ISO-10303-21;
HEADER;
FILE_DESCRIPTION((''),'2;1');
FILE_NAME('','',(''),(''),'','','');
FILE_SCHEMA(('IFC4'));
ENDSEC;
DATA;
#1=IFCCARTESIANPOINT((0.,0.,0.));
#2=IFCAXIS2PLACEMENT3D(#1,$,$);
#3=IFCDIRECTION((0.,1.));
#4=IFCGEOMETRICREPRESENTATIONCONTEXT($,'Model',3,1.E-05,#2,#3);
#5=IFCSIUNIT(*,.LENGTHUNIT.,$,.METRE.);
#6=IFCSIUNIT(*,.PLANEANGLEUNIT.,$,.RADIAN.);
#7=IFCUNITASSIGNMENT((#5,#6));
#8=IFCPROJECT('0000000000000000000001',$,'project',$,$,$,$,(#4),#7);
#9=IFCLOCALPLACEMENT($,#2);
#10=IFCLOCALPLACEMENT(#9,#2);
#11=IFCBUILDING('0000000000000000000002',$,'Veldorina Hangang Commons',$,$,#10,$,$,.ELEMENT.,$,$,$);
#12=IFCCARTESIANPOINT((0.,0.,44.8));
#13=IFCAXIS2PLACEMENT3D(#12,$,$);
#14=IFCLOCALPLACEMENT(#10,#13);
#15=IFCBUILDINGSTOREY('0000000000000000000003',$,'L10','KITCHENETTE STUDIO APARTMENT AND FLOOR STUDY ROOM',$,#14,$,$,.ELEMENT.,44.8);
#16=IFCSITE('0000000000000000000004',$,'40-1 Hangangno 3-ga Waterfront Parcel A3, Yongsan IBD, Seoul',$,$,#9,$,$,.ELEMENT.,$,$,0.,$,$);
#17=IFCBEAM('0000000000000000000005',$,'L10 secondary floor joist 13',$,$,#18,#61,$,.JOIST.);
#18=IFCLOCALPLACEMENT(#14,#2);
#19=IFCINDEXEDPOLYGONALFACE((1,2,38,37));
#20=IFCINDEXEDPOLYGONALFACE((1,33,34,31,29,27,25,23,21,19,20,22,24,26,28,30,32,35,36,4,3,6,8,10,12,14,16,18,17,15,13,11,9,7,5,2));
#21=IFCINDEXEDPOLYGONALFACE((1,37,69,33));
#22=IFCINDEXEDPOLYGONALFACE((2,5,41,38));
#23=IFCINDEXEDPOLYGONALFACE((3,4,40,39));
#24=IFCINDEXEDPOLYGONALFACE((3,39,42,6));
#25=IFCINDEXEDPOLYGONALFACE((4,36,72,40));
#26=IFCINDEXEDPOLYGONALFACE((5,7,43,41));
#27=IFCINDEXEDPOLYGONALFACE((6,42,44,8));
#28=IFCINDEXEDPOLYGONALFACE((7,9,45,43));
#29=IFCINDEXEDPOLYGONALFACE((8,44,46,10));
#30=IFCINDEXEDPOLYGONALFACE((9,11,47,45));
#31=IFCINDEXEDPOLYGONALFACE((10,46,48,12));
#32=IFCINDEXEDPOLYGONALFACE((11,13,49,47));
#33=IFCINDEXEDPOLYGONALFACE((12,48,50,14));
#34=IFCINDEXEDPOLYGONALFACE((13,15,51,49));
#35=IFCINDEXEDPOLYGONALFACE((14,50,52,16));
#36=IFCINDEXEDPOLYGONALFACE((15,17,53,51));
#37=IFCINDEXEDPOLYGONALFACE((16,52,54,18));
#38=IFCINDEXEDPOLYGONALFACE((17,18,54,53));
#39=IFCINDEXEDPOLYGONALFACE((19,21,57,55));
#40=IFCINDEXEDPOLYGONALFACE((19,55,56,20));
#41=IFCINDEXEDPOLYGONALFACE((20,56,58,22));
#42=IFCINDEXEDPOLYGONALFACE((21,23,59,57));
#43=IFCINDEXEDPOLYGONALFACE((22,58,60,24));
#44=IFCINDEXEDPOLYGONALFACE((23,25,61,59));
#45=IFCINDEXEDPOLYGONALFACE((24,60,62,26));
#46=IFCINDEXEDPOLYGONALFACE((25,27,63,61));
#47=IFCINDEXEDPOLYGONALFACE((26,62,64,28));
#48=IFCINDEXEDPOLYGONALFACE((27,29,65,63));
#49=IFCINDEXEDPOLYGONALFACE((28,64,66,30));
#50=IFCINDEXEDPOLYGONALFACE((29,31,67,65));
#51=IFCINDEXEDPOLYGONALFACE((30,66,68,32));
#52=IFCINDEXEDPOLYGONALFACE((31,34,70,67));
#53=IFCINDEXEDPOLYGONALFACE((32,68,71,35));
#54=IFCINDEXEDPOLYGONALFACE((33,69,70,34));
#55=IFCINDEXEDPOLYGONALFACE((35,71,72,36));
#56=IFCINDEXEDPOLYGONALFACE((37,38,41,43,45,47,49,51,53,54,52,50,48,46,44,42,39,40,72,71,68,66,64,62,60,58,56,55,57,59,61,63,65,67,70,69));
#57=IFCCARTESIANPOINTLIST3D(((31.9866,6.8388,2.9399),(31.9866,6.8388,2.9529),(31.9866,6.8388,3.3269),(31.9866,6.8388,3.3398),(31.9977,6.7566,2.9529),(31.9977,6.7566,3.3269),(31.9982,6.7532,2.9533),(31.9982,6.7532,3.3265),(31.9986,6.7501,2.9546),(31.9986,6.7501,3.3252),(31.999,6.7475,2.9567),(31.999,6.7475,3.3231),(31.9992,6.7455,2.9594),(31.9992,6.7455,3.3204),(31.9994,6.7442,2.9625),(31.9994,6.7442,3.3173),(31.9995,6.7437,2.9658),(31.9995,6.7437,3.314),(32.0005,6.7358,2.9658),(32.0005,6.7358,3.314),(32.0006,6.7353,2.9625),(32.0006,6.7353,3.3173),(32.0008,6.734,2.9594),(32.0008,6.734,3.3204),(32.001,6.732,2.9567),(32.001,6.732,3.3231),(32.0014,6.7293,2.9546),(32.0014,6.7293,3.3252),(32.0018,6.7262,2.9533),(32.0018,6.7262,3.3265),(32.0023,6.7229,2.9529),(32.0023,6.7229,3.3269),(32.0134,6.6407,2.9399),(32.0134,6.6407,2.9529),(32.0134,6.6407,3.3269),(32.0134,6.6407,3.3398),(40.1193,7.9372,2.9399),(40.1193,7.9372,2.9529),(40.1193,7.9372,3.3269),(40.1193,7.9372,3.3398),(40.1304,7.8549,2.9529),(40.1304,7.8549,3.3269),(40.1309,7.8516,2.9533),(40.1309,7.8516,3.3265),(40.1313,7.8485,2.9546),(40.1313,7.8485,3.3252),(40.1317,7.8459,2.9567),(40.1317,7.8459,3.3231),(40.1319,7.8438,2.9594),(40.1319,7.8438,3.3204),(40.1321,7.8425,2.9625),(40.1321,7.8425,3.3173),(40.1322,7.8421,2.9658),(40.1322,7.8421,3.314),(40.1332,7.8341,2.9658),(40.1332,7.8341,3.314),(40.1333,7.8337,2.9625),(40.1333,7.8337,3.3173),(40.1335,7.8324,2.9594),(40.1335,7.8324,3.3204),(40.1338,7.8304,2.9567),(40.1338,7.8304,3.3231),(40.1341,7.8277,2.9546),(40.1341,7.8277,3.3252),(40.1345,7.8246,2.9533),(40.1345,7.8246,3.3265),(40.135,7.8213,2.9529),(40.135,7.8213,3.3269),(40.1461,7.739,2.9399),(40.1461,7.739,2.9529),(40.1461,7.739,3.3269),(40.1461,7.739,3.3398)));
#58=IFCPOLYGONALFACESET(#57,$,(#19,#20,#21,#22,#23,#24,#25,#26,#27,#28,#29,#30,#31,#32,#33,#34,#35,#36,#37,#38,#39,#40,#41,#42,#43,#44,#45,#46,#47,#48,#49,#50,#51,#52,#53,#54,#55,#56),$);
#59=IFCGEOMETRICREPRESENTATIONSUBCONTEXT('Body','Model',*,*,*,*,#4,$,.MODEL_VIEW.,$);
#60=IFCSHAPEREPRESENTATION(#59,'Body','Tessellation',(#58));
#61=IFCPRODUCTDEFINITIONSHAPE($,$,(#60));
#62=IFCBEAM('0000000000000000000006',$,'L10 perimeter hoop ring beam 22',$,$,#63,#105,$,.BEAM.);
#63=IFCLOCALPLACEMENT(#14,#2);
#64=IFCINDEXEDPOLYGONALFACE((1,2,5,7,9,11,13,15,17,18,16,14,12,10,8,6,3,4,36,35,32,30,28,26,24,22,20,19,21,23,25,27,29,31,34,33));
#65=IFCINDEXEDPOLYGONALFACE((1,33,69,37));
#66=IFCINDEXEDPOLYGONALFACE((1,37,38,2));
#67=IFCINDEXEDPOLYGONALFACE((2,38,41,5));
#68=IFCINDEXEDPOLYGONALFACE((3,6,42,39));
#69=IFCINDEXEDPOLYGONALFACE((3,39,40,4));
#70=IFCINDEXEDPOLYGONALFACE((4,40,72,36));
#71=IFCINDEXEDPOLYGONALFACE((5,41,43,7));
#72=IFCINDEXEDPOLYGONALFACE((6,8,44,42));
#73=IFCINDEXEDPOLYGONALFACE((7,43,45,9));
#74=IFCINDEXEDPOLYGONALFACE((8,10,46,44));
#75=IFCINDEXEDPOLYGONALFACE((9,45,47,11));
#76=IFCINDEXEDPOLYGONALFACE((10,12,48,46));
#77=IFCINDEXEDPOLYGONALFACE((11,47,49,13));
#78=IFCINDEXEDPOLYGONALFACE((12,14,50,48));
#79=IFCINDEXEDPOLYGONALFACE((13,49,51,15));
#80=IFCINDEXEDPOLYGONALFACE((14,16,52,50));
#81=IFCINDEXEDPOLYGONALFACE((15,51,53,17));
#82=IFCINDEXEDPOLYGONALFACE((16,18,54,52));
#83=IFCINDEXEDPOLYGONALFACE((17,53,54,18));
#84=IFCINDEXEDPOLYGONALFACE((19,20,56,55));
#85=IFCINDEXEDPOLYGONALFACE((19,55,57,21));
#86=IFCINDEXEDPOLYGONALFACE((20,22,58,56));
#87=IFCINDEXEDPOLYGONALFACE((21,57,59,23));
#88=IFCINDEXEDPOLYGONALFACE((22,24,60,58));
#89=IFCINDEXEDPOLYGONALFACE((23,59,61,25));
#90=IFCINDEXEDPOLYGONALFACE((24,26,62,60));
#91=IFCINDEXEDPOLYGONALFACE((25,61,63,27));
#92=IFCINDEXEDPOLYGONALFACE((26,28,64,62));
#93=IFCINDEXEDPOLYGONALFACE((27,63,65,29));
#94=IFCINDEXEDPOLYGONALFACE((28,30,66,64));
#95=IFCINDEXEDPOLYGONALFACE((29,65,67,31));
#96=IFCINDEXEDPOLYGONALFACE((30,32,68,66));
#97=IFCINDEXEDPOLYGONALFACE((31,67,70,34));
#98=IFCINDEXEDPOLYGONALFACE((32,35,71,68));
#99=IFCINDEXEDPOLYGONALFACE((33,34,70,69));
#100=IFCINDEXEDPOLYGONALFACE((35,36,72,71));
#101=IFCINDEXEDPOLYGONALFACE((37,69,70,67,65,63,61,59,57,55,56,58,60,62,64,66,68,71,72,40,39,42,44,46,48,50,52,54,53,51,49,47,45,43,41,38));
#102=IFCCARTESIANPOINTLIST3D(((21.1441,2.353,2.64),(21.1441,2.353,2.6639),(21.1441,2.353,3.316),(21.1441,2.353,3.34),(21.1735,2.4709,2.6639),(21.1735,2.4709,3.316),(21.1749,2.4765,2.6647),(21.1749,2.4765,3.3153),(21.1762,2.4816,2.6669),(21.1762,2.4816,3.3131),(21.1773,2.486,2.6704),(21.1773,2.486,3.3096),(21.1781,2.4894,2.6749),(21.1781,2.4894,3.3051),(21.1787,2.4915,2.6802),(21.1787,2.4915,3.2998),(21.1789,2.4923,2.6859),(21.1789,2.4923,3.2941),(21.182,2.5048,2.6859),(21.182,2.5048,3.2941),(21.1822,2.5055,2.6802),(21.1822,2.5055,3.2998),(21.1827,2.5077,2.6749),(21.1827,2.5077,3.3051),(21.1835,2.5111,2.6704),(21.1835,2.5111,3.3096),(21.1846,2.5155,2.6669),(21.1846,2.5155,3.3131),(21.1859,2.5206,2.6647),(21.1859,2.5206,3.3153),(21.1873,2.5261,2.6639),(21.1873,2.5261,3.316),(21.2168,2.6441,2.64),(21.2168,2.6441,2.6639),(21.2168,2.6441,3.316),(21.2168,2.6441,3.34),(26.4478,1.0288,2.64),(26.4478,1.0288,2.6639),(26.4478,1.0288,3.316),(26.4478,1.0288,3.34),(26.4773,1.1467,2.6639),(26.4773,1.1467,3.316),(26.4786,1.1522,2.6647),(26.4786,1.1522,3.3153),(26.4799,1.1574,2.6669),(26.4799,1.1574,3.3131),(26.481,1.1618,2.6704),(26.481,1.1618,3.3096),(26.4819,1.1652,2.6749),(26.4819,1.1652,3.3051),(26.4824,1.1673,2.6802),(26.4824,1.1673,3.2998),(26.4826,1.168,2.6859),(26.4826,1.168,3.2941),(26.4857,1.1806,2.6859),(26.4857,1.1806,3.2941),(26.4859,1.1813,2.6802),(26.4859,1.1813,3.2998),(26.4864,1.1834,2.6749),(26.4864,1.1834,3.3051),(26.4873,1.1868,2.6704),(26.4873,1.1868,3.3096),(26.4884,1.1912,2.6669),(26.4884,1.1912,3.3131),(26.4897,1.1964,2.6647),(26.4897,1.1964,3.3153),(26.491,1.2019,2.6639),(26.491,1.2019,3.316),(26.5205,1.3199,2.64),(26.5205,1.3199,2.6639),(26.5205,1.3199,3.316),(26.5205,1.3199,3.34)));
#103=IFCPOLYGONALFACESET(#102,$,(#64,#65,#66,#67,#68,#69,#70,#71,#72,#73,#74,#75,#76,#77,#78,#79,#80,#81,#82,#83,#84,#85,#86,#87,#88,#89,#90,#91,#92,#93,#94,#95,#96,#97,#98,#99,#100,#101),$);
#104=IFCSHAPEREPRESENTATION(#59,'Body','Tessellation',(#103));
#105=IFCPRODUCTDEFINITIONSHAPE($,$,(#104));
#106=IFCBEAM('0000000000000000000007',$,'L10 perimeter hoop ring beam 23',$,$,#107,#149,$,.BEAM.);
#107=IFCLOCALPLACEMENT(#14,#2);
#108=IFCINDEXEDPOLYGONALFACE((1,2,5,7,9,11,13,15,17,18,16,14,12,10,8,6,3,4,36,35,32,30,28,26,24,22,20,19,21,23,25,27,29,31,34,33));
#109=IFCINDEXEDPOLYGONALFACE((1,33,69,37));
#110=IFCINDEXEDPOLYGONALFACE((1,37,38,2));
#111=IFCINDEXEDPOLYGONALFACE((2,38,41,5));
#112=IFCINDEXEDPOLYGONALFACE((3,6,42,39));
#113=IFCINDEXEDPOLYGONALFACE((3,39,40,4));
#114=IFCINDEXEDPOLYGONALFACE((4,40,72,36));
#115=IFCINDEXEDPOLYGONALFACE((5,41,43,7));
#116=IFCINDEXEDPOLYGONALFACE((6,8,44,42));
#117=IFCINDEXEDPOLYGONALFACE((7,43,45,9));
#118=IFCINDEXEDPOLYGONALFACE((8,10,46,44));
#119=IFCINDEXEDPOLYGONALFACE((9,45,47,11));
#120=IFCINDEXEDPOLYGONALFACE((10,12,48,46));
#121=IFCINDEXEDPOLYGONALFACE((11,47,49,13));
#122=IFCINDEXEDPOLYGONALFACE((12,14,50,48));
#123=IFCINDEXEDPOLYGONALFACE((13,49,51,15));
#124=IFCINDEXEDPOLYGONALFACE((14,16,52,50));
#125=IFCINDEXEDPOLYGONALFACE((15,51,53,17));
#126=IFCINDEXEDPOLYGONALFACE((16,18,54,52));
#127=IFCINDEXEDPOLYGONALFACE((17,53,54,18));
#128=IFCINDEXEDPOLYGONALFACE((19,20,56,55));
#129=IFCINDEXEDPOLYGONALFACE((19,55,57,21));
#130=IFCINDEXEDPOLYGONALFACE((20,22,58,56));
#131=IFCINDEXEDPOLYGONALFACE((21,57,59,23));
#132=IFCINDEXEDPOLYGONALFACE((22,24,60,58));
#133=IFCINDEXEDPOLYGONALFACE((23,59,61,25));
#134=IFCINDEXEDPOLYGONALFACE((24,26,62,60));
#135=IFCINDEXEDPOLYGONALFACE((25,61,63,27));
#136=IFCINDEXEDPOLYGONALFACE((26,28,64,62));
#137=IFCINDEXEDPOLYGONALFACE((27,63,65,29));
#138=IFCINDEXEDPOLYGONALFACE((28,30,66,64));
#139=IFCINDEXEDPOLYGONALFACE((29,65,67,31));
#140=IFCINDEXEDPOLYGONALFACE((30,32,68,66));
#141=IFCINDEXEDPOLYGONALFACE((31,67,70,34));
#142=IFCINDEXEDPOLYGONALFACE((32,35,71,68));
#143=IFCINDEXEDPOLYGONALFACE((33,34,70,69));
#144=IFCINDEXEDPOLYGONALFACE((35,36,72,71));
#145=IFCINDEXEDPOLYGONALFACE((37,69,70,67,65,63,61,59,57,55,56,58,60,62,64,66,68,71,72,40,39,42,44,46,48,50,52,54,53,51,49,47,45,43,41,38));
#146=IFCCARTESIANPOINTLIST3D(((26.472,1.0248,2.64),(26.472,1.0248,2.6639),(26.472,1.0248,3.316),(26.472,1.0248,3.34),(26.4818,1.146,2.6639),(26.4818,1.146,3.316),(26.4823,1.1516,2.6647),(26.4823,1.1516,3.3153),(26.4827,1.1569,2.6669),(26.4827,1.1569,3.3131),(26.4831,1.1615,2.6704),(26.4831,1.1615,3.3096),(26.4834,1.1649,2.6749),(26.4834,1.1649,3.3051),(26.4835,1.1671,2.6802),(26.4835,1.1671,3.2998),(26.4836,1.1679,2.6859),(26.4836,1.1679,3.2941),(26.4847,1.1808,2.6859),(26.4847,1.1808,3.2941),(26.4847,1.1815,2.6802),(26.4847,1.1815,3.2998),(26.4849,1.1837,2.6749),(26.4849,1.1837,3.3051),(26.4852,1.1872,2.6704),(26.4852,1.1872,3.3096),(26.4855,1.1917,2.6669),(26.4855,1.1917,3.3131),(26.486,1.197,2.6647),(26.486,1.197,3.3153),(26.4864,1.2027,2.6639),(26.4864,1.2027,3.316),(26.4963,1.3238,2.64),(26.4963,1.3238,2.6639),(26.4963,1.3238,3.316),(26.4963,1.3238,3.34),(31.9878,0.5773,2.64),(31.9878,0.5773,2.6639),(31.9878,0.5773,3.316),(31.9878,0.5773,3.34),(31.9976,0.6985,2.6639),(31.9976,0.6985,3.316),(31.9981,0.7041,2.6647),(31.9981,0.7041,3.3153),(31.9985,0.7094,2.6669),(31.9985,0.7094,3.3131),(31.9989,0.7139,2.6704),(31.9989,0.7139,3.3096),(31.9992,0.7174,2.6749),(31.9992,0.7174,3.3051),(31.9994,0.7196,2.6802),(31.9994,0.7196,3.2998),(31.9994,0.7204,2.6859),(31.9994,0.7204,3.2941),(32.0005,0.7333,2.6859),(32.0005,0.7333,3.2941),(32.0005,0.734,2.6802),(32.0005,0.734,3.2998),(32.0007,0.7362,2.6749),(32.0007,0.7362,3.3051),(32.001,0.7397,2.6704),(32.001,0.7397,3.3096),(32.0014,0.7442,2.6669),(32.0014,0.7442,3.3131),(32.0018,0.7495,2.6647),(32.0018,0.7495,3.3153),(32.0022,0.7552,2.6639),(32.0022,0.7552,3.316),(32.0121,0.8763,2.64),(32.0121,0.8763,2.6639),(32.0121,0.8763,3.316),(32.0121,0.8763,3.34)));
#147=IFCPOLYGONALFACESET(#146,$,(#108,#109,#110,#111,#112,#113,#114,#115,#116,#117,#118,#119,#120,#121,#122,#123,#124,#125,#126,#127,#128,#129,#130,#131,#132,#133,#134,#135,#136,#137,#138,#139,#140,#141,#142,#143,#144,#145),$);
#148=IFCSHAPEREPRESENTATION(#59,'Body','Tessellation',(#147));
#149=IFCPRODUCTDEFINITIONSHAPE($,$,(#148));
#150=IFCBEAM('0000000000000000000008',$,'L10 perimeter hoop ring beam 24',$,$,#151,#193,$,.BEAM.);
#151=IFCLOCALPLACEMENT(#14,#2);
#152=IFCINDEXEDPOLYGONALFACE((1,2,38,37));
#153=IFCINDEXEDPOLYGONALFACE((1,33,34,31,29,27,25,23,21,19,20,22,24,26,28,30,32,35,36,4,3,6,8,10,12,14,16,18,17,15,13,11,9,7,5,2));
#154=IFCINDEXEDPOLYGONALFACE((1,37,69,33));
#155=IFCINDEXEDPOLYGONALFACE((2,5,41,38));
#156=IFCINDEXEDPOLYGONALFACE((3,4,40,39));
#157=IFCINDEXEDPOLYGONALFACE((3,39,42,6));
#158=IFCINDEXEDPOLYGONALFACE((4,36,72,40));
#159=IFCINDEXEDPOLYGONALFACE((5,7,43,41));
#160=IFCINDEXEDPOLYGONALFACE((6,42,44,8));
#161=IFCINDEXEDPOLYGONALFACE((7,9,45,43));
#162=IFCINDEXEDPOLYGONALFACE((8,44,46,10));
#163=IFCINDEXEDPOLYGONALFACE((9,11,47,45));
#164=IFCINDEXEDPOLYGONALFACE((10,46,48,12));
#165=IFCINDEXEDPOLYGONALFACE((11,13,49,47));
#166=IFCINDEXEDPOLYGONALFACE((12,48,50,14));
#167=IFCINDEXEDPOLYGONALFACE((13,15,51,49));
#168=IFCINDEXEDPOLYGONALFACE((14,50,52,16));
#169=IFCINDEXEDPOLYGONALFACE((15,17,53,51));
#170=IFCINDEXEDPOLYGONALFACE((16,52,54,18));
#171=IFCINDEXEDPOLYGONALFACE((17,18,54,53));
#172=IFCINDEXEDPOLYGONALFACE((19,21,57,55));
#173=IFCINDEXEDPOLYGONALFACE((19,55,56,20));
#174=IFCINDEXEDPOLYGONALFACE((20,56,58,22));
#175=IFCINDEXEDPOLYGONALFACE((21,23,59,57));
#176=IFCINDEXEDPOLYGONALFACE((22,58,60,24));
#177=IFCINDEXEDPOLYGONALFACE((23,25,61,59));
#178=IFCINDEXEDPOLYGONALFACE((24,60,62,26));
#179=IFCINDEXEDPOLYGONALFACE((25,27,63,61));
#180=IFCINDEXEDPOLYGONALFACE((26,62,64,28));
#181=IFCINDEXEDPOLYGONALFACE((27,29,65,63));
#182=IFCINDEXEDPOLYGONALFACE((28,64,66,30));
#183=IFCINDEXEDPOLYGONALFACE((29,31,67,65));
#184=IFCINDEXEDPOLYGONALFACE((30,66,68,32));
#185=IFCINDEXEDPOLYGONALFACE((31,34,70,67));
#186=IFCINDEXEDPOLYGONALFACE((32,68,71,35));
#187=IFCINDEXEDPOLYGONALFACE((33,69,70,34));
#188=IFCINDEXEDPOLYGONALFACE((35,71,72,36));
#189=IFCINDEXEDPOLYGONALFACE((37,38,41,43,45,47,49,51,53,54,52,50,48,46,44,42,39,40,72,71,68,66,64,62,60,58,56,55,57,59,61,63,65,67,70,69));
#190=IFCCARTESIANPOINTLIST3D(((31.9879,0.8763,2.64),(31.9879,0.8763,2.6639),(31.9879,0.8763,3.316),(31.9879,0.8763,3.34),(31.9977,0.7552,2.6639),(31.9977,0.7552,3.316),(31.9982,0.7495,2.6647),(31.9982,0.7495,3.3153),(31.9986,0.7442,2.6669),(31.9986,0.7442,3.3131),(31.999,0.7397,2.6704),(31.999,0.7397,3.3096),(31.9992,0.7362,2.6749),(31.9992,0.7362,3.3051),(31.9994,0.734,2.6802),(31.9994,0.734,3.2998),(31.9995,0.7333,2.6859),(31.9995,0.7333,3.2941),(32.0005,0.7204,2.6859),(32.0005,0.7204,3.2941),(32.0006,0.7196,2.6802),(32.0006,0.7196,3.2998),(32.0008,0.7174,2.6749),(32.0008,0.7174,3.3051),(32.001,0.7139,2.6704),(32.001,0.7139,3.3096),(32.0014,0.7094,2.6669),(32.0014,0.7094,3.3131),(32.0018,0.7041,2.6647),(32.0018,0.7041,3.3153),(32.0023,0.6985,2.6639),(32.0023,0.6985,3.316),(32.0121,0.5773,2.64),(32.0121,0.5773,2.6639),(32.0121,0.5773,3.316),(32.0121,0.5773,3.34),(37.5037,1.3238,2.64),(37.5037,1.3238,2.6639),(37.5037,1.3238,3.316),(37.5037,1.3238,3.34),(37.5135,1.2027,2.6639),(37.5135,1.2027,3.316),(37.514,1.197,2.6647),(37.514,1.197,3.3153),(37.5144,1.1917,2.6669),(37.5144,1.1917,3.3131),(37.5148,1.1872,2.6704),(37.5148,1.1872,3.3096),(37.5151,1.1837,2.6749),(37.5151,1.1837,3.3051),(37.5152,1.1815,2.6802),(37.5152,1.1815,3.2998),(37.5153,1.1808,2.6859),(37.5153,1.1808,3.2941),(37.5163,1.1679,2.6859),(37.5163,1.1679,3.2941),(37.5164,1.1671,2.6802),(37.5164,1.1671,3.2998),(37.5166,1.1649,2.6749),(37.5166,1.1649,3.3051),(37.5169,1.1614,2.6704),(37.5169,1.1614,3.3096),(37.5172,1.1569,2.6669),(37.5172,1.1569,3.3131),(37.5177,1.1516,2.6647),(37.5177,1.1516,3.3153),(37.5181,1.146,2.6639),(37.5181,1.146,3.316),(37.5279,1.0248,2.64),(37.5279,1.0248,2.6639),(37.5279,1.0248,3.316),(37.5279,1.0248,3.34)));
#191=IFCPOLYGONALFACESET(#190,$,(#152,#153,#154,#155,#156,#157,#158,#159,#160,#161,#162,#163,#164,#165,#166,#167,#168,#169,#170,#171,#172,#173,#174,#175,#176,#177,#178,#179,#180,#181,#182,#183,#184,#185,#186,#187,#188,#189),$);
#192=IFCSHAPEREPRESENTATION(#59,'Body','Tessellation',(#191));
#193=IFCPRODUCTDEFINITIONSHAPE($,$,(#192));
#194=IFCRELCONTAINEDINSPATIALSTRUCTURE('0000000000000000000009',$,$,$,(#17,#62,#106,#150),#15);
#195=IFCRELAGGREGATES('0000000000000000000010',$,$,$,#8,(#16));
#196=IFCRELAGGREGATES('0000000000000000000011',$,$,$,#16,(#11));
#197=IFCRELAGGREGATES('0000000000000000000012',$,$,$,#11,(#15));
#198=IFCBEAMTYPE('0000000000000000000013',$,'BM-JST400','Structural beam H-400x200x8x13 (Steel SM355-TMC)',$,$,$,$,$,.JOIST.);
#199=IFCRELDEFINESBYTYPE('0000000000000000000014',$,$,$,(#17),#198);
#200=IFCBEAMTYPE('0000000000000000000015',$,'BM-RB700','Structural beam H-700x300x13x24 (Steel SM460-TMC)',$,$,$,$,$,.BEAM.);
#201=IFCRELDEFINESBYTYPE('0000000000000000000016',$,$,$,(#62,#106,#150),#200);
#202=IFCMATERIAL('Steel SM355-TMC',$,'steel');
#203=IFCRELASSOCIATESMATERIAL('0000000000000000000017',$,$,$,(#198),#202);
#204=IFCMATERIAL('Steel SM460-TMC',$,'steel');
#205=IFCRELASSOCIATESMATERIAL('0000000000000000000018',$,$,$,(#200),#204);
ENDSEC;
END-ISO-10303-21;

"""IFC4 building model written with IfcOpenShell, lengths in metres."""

from ifc_helpers import new_model, si_unit, direction, frame, origin, origin_2d, place, context, subcontext, project, spatial, i_section, extrude, material, material_profile, profile_set, type_object, element, save


model = new_model("IFC4")

# Units and contexts
model_context = context("Model", 3, precision=1e-05, world=origin(), true_north=direction((0.0, 1.0)))
body_context = subcontext(model_context, "Body", "Model", "MODEL_VIEW")
ifc_project = project(units=[si_unit("LENGTHUNIT", "METRE"), si_unit("PLANEANGLEUNIT", "RADIAN")], contexts=[model_context])

# Site, building, storey
site_placement = place(None, origin())
site = spatial("IfcSite", under=ifc_project, at=site_placement, Name="40-1 Hangangno 3-ga Waterfront Parcel A3, Yongsan IBD, Seoul", CompositionType="ELEMENT", RefElevation=0.0)
building_placement = place(site_placement, origin())
building = spatial("IfcBuilding", under=site, at=building_placement, Name="Veldorina Hangang Commons", CompositionType="ELEMENT")
storey_placement = place(building_placement, frame((0.0, 0.0, 44.8)))
storey = spatial("IfcBuildingStorey", under=building, at=storey_placement, Name="L10", Description="KITCHENETTE STUDIO APARTMENT AND FLOOR STUDY ROOM", CompositionType="ELEMENT", Elevation=44.8)

# Beams
ifc_material_1 = material(Name="Steel SM355-TMC", Category="steel")
ifc_material_profile_1 = material_profile(ifc_material_1, i_section(OverallWidth=0.2, OverallDepth=0.3999, WebThickness=0.0081, FlangeThickness=0.0129, FilletRadius=0.0129, at=origin_2d()), Name="H-400x200x8x13")
ifc_profile_set_1 = profile_set([ifc_material_profile_1], Name="Steel SM355-TMC")
beam_type_1 = type_object("IfcBeamType", Name="BM-JST400", Description="Structural beam H-400x200x8x13 (Steel SM355-TMC)", PredefinedType="JOIST", material=ifc_profile_set_1)
beam_1_placement = place(storey_placement, frame((32.0, 6.7397, 3.1399), z_axis=(0.991003, 0.133841, 0.0), x_axis=(-0.133841, 0.991003, 0.0)))
element("IfcBeam", 1, at=beam_1_placement, inside=storey, type_object=beam_type_1, Name="L10 secondary floor joist 13", PredefinedType="JOIST", context=body_context, shape_type="SweptSolid", body=[
    extrude(i_section(OverallWidth=0.2, OverallDepth=0.3999, WebThickness=0.0081, FlangeThickness=0.0129, FilletRadius=0.0129, at=origin_2d()), origin(), (0.0, 0.0, 1.0), 8.2065),
])
ifc_material_2 = material(Name="Steel SM460-TMC", Category="steel")
ifc_material_profile_2 = material_profile(ifc_material_2, i_section(OverallWidth=0.3, OverallDepth=0.7, WebThickness=0.0129, FlangeThickness=0.0239, FilletRadius=0.022, at=origin_2d()), Name="H-700x300x13x24")
ifc_profile_set_2 = profile_set([ifc_material_profile_2], Name="Steel SM460-TMC")
beam_type_2 = type_object("IfcBeamType", Name="BM-RB700", Description="Structural beam H-700x300x13x24 (Steel SM460-TMC)", PredefinedType="BEAM", material=ifc_profile_set_2)
beam_2_placement = place(storey_placement, frame((21.1804, 2.4985, 2.99), z_axis=(0.970216, -0.242241, 0.0), x_axis=(0.242241, 0.970216, 0.0)))
element("IfcBeam", 2, at=beam_2_placement, inside=storey, type_object=beam_type_2, Name="L10 perimeter hoop ring beam 22", PredefinedType="BEAM", context=body_context, shape_type="SweptSolid", body=[
    extrude(i_section(OverallWidth=0.3, OverallDepth=0.7, WebThickness=0.0129, FlangeThickness=0.0239, FilletRadius=0.022, at=origin_2d()), origin(), (0.0, 0.0, 1.0), 5.4666),
])
for number, where, z_axis, x_axis, name in (
    (3, (26.4841, 1.1743, 2.99), (0.996725, -0.080866, 0.0), (0.080866, 0.996725, 0.0), "L10 perimeter hoop ring beam 23"),
    (4, (32.0, 0.7268, 2.99), (0.996725, 0.080866, 0.0), (-0.080866, 0.996725, 0.0), "L10 perimeter hoop ring beam 24"),
):
    element("IfcBeam", number, at=place(storey_placement, frame(where, z_axis=z_axis, x_axis=x_axis)), inside=storey, type_object=beam_type_2, Name=name, PredefinedType="BEAM", context=body_context, shape_type="SweptSolid", body=[
        extrude(i_section(OverallWidth=0.3, OverallDepth=0.7, WebThickness=0.0129, FlangeThickness=0.0239, FilletRadius=0.022, at=origin_2d()), origin(), (0.0, 0.0, 1.0), 5.5339),
    ])

save(model, "model.ifc")
